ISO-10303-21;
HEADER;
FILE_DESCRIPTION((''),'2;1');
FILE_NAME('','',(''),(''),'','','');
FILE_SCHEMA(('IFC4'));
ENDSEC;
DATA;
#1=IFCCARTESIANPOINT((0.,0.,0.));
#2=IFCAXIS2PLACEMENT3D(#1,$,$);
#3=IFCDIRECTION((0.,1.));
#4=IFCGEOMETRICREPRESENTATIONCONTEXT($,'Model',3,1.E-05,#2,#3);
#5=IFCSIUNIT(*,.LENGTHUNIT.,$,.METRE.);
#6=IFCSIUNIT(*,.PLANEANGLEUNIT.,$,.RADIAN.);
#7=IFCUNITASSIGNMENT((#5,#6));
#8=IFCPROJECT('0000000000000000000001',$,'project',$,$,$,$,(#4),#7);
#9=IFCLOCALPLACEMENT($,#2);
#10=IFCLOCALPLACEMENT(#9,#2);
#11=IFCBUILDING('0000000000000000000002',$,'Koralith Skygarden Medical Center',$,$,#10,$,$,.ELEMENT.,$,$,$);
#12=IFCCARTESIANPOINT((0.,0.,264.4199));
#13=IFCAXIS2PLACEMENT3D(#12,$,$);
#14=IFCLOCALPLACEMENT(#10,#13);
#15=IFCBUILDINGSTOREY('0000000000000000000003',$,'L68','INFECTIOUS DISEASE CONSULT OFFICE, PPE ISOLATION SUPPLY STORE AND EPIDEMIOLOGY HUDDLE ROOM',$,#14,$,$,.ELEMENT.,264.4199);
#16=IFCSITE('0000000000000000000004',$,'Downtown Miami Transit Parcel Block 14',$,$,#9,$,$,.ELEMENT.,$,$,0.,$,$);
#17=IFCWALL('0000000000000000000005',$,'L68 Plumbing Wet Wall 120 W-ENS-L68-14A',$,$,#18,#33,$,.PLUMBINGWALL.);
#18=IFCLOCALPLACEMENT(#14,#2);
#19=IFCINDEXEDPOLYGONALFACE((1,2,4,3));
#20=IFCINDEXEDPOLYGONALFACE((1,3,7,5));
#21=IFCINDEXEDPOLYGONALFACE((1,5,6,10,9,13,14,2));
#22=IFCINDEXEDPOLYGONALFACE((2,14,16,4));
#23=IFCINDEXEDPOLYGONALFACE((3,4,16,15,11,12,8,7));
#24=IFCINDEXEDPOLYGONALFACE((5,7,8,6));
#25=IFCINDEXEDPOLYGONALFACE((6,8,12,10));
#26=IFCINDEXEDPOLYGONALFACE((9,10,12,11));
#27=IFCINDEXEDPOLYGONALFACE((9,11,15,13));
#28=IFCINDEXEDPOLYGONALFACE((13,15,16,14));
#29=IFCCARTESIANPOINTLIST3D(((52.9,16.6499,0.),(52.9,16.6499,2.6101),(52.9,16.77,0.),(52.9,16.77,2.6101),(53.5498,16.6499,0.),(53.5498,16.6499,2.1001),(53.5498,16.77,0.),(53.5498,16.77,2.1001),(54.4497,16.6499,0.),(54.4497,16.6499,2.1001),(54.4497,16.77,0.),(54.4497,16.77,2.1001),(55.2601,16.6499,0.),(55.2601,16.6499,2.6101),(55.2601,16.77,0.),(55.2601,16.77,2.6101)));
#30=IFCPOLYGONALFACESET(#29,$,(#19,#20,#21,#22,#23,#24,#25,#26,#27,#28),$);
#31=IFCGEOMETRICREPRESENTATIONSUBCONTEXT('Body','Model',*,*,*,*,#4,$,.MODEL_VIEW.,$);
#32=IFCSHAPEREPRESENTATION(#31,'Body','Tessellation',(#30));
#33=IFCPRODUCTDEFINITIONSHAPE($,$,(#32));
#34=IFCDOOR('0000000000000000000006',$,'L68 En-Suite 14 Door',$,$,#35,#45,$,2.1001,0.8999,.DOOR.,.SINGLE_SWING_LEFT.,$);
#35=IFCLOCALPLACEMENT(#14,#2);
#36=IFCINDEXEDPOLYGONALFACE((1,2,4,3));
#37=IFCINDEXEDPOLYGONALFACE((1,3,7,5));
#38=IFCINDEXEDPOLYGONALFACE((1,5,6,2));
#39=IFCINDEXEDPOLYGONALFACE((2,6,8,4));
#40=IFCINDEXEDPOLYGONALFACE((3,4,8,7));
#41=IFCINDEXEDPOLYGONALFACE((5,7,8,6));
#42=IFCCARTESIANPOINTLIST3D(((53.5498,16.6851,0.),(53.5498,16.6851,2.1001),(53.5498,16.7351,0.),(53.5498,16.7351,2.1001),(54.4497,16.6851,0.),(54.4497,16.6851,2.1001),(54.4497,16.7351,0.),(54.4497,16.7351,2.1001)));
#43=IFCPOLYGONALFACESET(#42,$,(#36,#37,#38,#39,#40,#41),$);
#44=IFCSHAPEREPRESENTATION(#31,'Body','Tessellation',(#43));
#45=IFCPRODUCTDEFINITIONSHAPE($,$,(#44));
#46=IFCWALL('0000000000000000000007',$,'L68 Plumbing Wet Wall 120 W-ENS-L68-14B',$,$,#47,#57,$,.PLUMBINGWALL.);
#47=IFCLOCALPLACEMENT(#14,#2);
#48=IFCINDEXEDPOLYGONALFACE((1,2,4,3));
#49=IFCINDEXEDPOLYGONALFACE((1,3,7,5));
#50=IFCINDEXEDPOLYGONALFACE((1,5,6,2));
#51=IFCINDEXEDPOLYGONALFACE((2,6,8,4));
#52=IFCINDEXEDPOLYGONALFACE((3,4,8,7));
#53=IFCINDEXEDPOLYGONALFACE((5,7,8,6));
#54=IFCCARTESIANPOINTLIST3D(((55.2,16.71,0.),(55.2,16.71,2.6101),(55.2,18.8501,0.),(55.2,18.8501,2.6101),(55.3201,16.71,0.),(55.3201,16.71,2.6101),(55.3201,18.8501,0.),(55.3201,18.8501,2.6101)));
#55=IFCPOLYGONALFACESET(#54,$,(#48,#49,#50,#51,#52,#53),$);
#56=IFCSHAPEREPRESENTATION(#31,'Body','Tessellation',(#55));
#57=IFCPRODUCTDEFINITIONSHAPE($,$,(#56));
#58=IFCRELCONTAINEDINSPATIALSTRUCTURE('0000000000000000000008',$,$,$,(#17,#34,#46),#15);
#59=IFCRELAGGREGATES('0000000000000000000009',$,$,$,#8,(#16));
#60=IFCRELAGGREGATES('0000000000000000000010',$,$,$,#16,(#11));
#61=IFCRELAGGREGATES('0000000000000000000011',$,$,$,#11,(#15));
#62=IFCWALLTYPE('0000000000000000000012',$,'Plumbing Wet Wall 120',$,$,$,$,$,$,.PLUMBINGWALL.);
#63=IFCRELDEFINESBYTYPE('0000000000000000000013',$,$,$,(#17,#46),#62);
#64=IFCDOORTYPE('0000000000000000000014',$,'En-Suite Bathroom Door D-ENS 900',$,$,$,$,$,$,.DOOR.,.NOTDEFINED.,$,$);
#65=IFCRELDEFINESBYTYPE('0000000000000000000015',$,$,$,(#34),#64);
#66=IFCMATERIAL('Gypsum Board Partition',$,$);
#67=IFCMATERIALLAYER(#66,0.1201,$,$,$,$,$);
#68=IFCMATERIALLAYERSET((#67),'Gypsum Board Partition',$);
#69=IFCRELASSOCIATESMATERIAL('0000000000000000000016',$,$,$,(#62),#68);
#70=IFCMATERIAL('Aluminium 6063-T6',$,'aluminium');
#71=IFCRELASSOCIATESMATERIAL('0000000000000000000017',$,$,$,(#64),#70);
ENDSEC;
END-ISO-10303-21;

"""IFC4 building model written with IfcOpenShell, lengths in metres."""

from ifc_helpers import new_model, si_unit, direction, frame, frame_2d, origin, place, context, subcontext, project, spatial, rectangle, extrude, material, layer, layer_set, type_object, element, fill, save


model = new_model("IFC4")

# Units and contexts
model_context = context("Model", 3, precision=1e-05, world=origin(), true_north=direction((0.0, 1.0)))
body_context = subcontext(model_context, "Body", "Model", "MODEL_VIEW")
ifc_project = project(units=[si_unit("LENGTHUNIT", "METRE"), si_unit("PLANEANGLEUNIT", "RADIAN")], contexts=[model_context])

# Site, building, storey
site_placement = place(None, origin())
site = spatial("IfcSite", under=ifc_project, at=site_placement, Name="Downtown Miami Transit Parcel Block 14", CompositionType="ELEMENT", RefElevation=0.0)
building_placement = place(site_placement, origin())
building = spatial("IfcBuilding", under=site, at=building_placement, Name="Koralith Skygarden Medical Center", CompositionType="ELEMENT")
storey_placement = place(building_placement, frame((0.0, 0.0, 264.4199)))
storey = spatial("IfcBuildingStorey", under=building, at=storey_placement, Name="L68", Description="INFECTIOUS DISEASE CONSULT OFFICE, PPE ISOLATION SUPPLY STORE AND EPIDEMIOLOGY HUDDLE ROOM", CompositionType="ELEMENT", Elevation=264.4199)

# Shared definitions
ifc_material_1 = material(Name="Aluminium 6063-T6", Category="aluminium")

# Shared definitions
ifc_material_2 = material(Name="Gypsum Board Partition")

# Wall, opening, door
ifc_layer_1 = layer(ifc_material_2, 0.1201)
ifc_layer_set_1 = layer_set([ifc_layer_1], Name="Gypsum Board Partition")
wall_type_1 = type_object("IfcWallType", Name="Plumbing Wet Wall 120", PredefinedType="PLUMBINGWALL", material=ifc_layer_set_1)
wall_1_placement = place(storey_placement, frame((52.8999, 16.71, 0.0), z_axis=(0.0, 0.0, 1.0), x_axis=(1.0, 0.0, 0.0)))
wall_1 = element("IfcWall", 1, at=wall_1_placement, inside=storey, type_object=wall_type_1, Name="L68 Plumbing Wet Wall 120 W-ENS-L68-14A", PredefinedType="PLUMBINGWALL", context=body_context, shape_type="SweptSolid", body=[
    extrude(rectangle(XDim=2.3601, YDim=0.1201, at=frame_2d((1.1802, 0.0))), origin(), (0.0, 0.0, 1.0), 2.6101),
])
opening_1_placement = place(wall_1_placement, frame((0.6499, 0.0, 0.0)))
opening_1 = element("IfcOpeningElement", 2, at=opening_1_placement, cuts=wall_1, PredefinedType="OPENING", context=body_context, shape_type="SweptSolid", body=[
    extrude(rectangle(XDim=0.8999, YDim=2.1001, at=frame_2d((0.45, 1.05))), frame((0.0, 0.0701, 0.0), z_axis=(0.0, -1.0, 0.0), x_axis=(1.0, 0.0, 0.0)), (0.0, 0.0, 1.0), 0.1401),
])
door_type_1 = type_object("IfcDoorType", Name="En-Suite Bathroom Door D-ENS 900", OperationType="NOTDEFINED", PredefinedType="DOOR", material=ifc_material_1)
door_1_placement = place(opening_1_placement, frame((0.8999, 0.0, 0.0), z_axis=(0.0, 0.0, 1.0), x_axis=(-1.0, 0.0, 0.0)))
door_1 = element("IfcDoor", 3, at=door_1_placement, inside=storey, type_object=door_type_1, Name="L68 En-Suite 14 Door", OperationType="SINGLE_SWING_LEFT", OverallHeight=2.1001, OverallWidth=0.8999, PredefinedType="DOOR", context=body_context, shape_type="SweptSolid", body=[
    extrude(rectangle(XDim=0.8999, YDim=2.1001, at=frame_2d((0.45, 1.05))), frame((0.0, 0.0249, 0.0), z_axis=(0.0, -1.0, 0.0), x_axis=(1.0, 0.0, 0.0)), (0.0, 0.0, 1.0), 0.05),
])
fill(opening_1, door_1)

# Wall
wall_2_placement = place(storey_placement, frame((55.26, 16.71, 0.0), z_axis=(0.0, 0.0, 1.0), x_axis=(0.0, 1.0, 0.0)))
element("IfcWall", 4, at=wall_2_placement, inside=storey, type_object=wall_type_1, Name="L68 Plumbing Wet Wall 120 W-ENS-L68-14B", PredefinedType="PLUMBINGWALL", context=body_context, shape_type="SweptSolid", body=[
    extrude(rectangle(XDim=2.1401, YDim=0.1201, at=frame_2d((1.0701, 0.0))), origin(), (0.0, 0.0, 1.0), 2.6101),
])

save(model, "model.ifc")
